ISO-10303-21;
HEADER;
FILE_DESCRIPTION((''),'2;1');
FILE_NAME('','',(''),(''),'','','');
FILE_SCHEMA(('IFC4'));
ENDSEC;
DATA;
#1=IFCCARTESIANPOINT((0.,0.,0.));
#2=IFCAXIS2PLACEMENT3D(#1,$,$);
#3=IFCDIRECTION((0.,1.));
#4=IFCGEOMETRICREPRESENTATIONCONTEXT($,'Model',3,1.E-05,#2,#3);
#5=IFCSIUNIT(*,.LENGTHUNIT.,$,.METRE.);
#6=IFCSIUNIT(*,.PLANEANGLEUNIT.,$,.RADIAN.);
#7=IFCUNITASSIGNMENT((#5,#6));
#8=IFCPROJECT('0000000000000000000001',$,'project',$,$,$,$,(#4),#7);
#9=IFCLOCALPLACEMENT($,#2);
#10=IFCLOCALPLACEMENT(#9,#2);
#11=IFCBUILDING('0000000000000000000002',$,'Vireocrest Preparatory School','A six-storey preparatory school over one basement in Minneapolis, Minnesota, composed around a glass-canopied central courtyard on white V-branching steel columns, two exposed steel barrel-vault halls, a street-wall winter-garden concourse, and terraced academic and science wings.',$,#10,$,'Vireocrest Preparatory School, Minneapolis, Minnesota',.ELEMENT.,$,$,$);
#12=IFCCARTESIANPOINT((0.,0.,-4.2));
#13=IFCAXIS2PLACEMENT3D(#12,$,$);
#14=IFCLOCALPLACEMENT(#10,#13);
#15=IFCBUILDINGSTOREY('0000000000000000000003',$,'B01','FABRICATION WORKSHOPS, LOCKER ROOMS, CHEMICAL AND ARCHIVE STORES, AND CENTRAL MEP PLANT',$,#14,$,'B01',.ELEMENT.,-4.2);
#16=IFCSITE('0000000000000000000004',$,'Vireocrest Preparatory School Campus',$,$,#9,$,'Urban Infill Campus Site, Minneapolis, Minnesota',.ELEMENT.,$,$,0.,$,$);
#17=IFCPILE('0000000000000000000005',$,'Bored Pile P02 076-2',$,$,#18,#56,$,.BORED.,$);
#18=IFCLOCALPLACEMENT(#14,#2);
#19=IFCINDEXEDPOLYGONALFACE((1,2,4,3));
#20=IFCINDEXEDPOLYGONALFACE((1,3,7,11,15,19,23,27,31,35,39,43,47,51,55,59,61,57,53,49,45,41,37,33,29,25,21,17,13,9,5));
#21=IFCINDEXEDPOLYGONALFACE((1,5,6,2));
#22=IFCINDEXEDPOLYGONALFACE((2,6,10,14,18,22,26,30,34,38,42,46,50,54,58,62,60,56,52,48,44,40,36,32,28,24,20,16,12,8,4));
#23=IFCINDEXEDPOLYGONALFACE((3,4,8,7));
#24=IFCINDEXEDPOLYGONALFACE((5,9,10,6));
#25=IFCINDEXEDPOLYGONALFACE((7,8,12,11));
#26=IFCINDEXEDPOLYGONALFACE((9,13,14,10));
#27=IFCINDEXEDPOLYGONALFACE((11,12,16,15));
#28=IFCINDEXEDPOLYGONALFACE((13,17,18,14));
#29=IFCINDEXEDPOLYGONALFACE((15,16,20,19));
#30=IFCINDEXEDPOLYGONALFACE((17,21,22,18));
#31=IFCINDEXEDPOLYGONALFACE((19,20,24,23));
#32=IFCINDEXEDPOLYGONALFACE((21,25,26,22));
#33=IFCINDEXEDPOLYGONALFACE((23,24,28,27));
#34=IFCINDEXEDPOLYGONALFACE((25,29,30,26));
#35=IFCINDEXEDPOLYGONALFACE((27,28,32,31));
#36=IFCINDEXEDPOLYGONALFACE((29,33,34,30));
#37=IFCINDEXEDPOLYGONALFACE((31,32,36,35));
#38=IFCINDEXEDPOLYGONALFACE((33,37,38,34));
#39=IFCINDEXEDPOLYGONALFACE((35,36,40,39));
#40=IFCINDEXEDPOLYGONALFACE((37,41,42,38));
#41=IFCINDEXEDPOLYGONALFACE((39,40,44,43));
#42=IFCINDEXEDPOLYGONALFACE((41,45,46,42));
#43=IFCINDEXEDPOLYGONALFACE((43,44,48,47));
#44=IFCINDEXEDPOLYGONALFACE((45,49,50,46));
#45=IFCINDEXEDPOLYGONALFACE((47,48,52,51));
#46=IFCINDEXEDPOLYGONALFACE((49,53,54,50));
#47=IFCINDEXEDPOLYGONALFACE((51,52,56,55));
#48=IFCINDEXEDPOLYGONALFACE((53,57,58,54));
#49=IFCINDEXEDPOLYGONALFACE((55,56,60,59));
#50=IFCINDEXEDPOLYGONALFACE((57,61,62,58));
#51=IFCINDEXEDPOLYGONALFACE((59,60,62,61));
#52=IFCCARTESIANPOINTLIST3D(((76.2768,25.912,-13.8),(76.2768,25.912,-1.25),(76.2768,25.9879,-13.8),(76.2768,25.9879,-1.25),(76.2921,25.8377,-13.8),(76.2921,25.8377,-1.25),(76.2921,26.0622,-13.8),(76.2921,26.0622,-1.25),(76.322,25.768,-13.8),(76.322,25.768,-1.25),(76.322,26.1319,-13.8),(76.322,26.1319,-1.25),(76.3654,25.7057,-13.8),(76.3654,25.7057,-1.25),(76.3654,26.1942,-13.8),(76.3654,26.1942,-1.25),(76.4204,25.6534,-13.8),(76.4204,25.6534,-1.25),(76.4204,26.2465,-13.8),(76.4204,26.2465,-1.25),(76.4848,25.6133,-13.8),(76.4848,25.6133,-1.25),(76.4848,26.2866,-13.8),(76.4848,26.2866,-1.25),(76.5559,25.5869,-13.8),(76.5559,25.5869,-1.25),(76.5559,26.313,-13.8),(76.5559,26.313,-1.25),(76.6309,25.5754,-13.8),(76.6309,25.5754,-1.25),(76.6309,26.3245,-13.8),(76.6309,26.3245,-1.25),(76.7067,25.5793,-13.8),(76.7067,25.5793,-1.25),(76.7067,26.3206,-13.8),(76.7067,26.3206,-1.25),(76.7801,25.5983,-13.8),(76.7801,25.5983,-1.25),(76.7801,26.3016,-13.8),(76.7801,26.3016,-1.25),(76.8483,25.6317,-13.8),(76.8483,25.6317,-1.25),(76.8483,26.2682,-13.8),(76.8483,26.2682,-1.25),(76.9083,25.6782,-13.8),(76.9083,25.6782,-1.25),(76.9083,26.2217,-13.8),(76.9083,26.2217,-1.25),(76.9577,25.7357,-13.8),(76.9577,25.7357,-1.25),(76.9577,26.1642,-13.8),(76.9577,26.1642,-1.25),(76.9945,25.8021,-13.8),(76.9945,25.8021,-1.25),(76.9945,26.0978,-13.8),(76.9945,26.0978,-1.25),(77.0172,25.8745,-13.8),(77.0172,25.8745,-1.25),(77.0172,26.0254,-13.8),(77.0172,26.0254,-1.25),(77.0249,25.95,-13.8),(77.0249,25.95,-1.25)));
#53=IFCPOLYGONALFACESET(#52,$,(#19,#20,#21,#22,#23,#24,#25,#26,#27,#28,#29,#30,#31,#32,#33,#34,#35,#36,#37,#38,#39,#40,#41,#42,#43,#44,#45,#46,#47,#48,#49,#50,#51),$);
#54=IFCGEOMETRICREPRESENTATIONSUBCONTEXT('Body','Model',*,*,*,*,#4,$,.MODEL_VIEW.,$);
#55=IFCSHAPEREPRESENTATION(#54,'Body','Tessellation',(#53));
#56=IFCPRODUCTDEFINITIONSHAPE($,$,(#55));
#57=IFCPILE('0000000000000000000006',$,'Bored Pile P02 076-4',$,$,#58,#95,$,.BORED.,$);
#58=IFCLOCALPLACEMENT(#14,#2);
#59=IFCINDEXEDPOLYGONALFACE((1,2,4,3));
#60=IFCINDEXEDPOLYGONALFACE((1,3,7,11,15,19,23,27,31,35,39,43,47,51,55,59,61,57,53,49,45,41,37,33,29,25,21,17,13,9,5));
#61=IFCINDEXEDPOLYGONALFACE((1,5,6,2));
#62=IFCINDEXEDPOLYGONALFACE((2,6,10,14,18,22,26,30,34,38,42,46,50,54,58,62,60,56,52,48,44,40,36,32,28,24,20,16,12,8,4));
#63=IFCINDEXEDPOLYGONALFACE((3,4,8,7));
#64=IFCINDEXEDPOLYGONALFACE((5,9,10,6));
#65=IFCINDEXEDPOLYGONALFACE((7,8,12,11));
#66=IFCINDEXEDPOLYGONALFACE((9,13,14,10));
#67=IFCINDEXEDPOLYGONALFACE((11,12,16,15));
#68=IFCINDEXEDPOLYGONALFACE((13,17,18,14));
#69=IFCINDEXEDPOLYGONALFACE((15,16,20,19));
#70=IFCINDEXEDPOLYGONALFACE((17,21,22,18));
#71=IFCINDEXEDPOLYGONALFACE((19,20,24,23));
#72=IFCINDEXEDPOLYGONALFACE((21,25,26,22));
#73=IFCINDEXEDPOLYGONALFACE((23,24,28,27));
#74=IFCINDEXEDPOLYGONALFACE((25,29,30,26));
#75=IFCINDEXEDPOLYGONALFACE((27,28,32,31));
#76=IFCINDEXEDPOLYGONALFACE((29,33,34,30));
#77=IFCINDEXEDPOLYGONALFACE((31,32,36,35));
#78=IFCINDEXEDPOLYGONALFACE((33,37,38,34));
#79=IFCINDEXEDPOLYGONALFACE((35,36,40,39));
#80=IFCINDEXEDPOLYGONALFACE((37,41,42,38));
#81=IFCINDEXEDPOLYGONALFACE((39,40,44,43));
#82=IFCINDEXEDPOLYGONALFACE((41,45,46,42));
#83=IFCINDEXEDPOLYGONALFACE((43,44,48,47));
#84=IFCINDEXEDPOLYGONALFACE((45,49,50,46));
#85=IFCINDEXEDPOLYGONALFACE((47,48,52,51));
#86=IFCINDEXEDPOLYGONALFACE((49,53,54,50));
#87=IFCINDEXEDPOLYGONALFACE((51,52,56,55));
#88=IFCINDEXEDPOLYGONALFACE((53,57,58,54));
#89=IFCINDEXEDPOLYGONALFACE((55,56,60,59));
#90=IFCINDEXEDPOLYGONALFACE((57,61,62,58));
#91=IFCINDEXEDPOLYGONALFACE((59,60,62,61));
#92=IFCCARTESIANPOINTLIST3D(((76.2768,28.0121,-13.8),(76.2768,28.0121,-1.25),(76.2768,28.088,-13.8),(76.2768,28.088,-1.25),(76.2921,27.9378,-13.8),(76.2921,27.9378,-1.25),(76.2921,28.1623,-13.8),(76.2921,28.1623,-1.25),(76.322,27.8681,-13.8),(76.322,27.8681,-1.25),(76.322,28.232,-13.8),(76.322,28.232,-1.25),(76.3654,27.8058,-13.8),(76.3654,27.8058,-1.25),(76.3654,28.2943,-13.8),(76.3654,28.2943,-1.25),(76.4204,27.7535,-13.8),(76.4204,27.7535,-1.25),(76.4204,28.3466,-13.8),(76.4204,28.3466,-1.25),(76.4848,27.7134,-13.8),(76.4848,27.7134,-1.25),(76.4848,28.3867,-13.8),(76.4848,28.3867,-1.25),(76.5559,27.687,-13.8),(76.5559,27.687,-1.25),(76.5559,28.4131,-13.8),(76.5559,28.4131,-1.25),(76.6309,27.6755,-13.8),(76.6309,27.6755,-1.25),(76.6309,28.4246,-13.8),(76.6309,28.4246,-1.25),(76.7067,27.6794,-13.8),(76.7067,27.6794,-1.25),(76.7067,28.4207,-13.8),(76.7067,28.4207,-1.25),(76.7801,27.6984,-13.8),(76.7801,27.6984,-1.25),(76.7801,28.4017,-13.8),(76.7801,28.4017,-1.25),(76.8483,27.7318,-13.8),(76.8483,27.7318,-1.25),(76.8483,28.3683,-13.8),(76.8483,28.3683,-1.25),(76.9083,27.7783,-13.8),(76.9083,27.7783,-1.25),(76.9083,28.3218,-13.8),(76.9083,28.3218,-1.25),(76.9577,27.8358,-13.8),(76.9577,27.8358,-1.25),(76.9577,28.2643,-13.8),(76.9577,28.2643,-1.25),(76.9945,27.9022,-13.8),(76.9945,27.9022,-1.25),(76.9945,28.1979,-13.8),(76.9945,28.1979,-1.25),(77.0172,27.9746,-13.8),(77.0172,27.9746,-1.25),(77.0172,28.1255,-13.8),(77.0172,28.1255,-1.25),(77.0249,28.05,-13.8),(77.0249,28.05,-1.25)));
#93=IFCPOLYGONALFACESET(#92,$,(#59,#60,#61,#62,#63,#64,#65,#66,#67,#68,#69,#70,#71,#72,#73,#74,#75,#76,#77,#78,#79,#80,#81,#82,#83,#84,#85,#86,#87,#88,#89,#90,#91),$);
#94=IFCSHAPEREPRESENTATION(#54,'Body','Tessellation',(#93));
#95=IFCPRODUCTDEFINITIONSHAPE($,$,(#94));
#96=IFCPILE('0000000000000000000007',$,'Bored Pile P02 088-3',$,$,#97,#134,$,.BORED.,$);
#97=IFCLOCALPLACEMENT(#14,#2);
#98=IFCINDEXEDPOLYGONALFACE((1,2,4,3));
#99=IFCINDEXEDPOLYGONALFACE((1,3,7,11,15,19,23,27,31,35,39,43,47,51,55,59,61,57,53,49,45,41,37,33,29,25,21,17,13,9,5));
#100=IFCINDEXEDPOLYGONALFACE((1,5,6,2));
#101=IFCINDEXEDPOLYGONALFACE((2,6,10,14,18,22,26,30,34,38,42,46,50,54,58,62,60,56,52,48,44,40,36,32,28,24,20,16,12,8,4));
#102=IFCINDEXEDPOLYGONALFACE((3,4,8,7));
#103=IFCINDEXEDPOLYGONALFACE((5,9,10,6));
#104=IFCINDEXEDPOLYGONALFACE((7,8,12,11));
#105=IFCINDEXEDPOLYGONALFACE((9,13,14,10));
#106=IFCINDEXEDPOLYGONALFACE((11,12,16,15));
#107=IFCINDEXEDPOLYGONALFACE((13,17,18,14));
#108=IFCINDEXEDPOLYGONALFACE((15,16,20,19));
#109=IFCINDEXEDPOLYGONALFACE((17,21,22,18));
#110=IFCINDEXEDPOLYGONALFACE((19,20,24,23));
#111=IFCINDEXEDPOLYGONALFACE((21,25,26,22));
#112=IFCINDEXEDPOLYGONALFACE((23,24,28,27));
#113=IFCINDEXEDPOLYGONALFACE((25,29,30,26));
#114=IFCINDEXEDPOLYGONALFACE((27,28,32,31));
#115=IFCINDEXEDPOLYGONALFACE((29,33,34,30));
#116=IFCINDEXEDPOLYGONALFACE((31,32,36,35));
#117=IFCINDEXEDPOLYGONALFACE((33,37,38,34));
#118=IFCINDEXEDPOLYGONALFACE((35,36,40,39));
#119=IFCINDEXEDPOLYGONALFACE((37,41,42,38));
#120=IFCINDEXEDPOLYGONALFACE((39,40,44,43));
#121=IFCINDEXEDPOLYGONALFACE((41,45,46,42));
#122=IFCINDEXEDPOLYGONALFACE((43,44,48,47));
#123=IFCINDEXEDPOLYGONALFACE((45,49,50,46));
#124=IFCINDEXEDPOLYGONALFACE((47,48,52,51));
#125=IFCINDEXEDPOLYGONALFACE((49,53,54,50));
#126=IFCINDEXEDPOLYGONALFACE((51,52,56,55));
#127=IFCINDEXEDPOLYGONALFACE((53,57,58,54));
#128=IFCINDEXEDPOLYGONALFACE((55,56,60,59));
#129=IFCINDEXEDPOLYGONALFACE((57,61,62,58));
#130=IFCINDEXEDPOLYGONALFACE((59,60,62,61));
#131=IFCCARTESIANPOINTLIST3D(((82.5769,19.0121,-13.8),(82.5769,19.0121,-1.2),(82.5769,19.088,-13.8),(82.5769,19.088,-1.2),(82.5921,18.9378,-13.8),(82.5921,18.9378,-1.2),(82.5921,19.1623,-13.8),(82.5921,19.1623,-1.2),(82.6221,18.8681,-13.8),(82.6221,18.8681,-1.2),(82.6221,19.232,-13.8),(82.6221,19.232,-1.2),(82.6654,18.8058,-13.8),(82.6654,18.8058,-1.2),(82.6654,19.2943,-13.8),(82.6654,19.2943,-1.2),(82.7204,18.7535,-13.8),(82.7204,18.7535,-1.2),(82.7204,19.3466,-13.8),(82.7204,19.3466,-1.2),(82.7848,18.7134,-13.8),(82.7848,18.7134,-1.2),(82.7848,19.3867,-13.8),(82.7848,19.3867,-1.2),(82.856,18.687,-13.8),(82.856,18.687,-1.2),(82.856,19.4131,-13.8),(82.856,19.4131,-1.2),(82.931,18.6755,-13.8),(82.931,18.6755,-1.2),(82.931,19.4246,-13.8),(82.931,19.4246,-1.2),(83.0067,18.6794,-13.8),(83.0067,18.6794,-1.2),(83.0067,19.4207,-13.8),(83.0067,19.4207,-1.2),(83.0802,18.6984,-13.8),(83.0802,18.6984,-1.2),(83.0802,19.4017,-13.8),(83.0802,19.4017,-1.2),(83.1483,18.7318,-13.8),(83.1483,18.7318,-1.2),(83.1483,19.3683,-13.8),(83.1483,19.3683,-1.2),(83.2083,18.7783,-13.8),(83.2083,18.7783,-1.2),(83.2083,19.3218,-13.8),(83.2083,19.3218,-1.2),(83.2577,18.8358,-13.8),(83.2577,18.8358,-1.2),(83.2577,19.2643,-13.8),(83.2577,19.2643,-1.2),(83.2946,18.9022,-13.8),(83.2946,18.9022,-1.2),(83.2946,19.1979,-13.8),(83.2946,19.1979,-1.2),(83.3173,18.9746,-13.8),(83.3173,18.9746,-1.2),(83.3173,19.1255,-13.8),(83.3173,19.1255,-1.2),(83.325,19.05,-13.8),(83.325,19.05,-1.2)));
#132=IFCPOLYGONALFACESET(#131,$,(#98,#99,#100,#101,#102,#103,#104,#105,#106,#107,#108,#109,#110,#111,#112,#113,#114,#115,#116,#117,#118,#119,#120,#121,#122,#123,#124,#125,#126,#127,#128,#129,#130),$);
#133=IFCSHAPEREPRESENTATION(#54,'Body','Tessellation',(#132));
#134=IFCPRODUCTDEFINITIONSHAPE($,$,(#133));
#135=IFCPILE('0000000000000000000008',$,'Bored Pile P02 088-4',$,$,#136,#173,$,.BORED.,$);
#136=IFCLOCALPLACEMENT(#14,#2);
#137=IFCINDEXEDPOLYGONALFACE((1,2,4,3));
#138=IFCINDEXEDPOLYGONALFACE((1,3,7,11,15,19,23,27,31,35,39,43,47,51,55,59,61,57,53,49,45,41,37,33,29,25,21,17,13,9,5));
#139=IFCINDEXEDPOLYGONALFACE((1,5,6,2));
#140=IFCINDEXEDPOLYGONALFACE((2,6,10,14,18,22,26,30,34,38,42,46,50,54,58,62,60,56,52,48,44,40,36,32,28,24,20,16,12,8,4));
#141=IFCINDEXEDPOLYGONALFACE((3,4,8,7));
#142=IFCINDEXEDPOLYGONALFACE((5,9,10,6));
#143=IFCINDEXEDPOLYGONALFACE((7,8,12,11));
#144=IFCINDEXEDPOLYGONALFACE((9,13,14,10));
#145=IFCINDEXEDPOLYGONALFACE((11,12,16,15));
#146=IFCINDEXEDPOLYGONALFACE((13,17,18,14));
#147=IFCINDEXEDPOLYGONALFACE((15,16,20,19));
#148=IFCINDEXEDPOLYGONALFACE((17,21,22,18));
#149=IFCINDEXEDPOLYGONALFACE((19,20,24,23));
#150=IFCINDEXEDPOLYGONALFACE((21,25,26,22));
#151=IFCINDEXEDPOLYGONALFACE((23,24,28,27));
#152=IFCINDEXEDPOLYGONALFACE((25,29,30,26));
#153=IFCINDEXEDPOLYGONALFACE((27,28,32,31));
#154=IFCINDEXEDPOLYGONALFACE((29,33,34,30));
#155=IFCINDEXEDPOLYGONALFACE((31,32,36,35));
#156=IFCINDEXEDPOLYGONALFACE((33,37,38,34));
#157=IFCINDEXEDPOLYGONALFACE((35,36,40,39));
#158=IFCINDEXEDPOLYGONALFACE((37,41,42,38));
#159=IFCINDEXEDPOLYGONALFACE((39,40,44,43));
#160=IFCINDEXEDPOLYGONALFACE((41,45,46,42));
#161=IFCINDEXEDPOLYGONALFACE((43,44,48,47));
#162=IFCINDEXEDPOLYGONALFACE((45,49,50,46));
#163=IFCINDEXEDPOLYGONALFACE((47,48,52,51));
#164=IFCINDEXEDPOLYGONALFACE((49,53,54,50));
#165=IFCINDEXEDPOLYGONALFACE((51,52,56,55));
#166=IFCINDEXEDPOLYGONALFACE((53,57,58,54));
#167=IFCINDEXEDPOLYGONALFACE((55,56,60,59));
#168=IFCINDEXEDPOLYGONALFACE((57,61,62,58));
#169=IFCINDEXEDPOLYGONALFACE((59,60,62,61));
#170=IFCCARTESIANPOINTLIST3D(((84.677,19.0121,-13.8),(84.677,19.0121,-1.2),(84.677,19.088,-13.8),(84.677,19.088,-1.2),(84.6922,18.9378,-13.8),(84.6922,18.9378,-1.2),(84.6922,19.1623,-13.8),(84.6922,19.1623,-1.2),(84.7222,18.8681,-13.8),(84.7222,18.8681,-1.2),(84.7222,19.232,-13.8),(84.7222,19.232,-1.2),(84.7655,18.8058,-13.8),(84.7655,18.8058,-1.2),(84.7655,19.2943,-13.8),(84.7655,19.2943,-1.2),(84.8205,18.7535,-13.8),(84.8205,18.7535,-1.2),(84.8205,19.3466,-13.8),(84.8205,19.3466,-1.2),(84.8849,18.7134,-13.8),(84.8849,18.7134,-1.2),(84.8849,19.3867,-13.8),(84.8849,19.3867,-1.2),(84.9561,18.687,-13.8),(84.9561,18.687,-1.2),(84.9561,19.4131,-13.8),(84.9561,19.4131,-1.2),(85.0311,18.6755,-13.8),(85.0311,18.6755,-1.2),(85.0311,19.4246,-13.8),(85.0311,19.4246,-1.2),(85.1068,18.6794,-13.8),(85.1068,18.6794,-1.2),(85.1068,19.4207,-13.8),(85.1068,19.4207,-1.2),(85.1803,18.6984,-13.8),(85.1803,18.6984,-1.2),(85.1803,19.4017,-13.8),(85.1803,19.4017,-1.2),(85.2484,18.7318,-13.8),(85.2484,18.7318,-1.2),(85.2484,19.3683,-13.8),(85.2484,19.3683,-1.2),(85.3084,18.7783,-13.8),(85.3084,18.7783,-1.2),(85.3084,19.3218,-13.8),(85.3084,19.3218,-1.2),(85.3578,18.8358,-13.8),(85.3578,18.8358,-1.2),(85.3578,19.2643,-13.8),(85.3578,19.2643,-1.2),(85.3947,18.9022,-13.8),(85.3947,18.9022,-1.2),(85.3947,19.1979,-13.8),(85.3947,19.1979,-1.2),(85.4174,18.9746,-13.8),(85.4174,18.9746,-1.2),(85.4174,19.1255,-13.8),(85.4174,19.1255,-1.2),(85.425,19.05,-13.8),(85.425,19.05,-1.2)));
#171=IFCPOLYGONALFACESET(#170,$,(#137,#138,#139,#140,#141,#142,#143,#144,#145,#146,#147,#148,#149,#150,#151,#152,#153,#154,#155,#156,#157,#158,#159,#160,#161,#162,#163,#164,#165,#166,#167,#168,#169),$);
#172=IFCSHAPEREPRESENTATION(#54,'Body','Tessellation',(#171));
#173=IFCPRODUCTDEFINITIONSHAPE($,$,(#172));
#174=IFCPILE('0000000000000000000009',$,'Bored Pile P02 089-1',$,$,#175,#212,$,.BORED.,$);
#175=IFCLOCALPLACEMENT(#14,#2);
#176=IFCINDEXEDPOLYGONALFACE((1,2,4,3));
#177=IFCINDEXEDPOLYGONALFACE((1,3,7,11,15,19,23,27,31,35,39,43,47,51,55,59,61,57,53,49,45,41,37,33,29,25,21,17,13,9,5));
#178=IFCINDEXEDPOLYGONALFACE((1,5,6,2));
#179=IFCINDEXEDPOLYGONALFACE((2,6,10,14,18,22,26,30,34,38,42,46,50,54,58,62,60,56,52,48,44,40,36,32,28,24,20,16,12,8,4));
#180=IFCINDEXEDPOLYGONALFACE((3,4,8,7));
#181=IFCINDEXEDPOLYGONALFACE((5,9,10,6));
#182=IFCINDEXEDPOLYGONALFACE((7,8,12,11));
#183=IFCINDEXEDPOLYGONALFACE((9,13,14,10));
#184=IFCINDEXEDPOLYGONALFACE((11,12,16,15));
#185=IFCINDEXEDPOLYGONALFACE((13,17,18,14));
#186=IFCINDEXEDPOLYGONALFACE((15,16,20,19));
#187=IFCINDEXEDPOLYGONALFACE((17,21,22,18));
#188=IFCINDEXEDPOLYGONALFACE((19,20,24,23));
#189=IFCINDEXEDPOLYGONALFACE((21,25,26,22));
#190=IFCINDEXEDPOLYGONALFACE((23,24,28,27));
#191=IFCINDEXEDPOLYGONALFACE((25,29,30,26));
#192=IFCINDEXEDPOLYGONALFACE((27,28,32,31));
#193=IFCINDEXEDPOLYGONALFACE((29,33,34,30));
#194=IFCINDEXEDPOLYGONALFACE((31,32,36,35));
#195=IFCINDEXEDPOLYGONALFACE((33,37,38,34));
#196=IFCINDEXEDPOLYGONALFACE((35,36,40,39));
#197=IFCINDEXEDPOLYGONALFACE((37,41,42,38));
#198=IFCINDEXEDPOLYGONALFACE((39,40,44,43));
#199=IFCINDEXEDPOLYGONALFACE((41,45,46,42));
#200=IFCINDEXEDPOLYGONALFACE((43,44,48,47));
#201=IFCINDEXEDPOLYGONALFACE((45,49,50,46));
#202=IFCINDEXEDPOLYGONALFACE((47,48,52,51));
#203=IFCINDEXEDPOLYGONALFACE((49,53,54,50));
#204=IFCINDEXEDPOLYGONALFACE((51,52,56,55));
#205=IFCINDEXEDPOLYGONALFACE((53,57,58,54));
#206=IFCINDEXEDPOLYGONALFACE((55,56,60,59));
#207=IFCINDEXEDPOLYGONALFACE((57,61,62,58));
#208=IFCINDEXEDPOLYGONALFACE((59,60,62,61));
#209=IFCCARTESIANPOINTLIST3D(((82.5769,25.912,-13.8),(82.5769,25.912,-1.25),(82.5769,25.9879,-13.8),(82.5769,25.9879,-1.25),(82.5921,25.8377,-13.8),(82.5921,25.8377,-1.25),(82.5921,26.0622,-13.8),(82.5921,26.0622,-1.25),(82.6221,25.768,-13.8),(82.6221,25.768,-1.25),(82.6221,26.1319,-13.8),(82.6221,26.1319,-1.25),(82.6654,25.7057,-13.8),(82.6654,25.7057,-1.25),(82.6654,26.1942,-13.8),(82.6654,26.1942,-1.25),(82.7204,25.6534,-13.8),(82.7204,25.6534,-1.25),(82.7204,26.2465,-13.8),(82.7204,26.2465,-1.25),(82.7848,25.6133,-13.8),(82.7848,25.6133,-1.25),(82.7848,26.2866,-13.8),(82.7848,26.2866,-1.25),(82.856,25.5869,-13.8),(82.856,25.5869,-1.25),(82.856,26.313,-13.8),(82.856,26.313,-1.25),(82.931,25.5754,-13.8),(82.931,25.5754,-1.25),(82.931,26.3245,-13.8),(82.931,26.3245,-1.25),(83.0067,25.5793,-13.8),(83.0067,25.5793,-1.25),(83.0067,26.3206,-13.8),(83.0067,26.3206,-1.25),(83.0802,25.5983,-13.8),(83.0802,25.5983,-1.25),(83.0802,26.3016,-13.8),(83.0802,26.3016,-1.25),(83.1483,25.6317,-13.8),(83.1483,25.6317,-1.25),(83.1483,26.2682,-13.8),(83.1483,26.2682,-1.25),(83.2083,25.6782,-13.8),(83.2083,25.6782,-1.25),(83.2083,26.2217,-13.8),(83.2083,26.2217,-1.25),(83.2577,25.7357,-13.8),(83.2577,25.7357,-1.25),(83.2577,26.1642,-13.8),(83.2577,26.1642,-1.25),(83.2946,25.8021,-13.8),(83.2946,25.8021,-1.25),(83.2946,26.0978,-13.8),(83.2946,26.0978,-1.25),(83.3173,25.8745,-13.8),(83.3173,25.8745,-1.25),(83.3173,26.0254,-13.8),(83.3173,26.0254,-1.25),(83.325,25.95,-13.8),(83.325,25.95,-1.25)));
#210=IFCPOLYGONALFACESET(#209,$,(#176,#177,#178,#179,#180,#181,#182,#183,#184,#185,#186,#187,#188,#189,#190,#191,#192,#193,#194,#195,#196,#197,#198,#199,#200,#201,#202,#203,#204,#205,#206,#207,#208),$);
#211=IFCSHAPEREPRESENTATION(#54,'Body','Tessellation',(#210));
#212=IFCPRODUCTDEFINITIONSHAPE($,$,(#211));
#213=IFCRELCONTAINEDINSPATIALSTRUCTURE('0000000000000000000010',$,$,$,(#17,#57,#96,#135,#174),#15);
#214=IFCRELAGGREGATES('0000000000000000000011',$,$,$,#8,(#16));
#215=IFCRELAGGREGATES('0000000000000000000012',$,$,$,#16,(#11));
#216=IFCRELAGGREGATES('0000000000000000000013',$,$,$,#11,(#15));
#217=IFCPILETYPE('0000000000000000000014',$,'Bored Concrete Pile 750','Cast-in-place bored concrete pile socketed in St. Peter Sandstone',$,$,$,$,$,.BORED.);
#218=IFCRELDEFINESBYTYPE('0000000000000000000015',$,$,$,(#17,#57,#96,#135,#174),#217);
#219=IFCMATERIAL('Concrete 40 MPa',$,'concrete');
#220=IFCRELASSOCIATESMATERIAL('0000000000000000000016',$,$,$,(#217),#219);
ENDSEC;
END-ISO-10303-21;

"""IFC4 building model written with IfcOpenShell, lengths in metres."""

from ifc_helpers import new_model, si_unit, direction, frame, origin, origin_2d, place, context, subcontext, project, spatial, circle, extrude, material, material_profile, profile_set, type_object, element, save


model = new_model("IFC4")

# Units and contexts
model_context = context("Model", 3, precision=1e-05, world=origin(), true_north=direction((0.0, 1.0)))
body_context = subcontext(model_context, "Body", "Model", "MODEL_VIEW")
ifc_project = project(units=[si_unit("LENGTHUNIT", "METRE"), si_unit("PLANEANGLEUNIT", "RADIAN")], contexts=[model_context])

# Site, building, storey
site_placement = place(None, origin())
site = spatial("IfcSite", under=ifc_project, at=site_placement, Name="Vireocrest Preparatory School Campus", LongName="Urban Infill Campus Site, Minneapolis, Minnesota", CompositionType="ELEMENT", RefElevation=0.0)
building_placement = place(site_placement, origin())
building = spatial("IfcBuilding", under=site, at=building_placement, Name="Vireocrest Preparatory School", Description="A six-storey preparatory school over one basement in Minneapolis, Minnesota, composed around a glass-canopied central courtyard on white V-branching steel columns, two exposed steel barrel-vault halls, a street-wall winter-garden concourse, and terraced academic and science wings.", LongName="Vireocrest Preparatory School, Minneapolis, Minnesota", CompositionType="ELEMENT")
storey_placement = place(building_placement, frame((0.0, 0.0, -4.2)))
storey = spatial("IfcBuildingStorey", under=building, at=storey_placement, Name="B01", Description="FABRICATION WORKSHOPS, LOCKER ROOMS, CHEMICAL AND ARCHIVE STORES, AND CENTRAL MEP PLANT", LongName="B01", CompositionType="ELEMENT", Elevation=-4.2)

# Piles
ifc_material_1 = material(Name="Concrete 40 MPa", Category="concrete")
ifc_material_profile_1 = material_profile(ifc_material_1, circle(Radius=0.375, at=origin_2d()), Name="BORED PILE 750")
ifc_profile_set_1 = profile_set([ifc_material_profile_1], Name="Concrete 40 MPa")
pile_type = type_object("IfcPileType", Name="Bored Concrete Pile 750", Description="Cast-in-place bored concrete pile socketed in St. Peter Sandstone", PredefinedType="BORED", material=ifc_profile_set_1)
for number, where, z_axis, x_axis, name in (
    (1, (76.6499, 25.95, -1.25), (0.0, 0.0, -1.0), (1.0, 0.0, 0.0), "Bored Pile P02 076-2"),
    (2, (76.6499, 28.05, -1.25), (0.0, 0.0, -1.0), (1.0, 0.0, 0.0), "Bored Pile P02 076-4"),
):
    element("IfcPile", number, at=place(storey_placement, frame(where, z_axis=z_axis, x_axis=x_axis)), inside=storey, type_object=pile_type, Name=name, PredefinedType="BORED", context=body_context, shape_type="SweptSolid", body=[
        extrude(circle(Radius=0.375, at=origin_2d()), origin(), (0.0, 0.0, 1.0), 12.55),
    ])
for number, where, z_axis, x_axis, name in (
    (3, (82.95, 19.05, -1.2), (0.0, 0.0, -1.0), (1.0, 0.0, 0.0), "Bored Pile P02 088-3"),
    (4, (85.05, 19.05, -1.2), (0.0, 0.0, -1.0), (1.0, 0.0, 0.0), "Bored Pile P02 088-4"),
):
    element("IfcPile", number, at=place(storey_placement, frame(where, z_axis=z_axis, x_axis=x_axis)), inside=storey, type_object=pile_type, Name=name, PredefinedType="BORED", context=body_context, shape_type="SweptSolid", body=[
        extrude(circle(Radius=0.375, at=origin_2d()), origin(), (0.0, 0.0, 1.0), 12.6001),
    ])
for number, where, z_axis, x_axis, name in (
    (5, (82.95, 25.95, -1.25), (0.0, 0.0, -1.0), (1.0, 0.0, 0.0), "Bored Pile P02 089-1"),
):
    element("IfcPile", number, at=place(storey_placement, frame(where, z_axis=z_axis, x_axis=x_axis)), inside=storey, type_object=pile_type, Name=name, PredefinedType="BORED", context=body_context, shape_type="SweptSolid", body=[
        extrude(circle(Radius=0.375, at=origin_2d()), origin(), (0.0, 0.0, 1.0), 12.55),
    ])

save(model, "model.ifc")
